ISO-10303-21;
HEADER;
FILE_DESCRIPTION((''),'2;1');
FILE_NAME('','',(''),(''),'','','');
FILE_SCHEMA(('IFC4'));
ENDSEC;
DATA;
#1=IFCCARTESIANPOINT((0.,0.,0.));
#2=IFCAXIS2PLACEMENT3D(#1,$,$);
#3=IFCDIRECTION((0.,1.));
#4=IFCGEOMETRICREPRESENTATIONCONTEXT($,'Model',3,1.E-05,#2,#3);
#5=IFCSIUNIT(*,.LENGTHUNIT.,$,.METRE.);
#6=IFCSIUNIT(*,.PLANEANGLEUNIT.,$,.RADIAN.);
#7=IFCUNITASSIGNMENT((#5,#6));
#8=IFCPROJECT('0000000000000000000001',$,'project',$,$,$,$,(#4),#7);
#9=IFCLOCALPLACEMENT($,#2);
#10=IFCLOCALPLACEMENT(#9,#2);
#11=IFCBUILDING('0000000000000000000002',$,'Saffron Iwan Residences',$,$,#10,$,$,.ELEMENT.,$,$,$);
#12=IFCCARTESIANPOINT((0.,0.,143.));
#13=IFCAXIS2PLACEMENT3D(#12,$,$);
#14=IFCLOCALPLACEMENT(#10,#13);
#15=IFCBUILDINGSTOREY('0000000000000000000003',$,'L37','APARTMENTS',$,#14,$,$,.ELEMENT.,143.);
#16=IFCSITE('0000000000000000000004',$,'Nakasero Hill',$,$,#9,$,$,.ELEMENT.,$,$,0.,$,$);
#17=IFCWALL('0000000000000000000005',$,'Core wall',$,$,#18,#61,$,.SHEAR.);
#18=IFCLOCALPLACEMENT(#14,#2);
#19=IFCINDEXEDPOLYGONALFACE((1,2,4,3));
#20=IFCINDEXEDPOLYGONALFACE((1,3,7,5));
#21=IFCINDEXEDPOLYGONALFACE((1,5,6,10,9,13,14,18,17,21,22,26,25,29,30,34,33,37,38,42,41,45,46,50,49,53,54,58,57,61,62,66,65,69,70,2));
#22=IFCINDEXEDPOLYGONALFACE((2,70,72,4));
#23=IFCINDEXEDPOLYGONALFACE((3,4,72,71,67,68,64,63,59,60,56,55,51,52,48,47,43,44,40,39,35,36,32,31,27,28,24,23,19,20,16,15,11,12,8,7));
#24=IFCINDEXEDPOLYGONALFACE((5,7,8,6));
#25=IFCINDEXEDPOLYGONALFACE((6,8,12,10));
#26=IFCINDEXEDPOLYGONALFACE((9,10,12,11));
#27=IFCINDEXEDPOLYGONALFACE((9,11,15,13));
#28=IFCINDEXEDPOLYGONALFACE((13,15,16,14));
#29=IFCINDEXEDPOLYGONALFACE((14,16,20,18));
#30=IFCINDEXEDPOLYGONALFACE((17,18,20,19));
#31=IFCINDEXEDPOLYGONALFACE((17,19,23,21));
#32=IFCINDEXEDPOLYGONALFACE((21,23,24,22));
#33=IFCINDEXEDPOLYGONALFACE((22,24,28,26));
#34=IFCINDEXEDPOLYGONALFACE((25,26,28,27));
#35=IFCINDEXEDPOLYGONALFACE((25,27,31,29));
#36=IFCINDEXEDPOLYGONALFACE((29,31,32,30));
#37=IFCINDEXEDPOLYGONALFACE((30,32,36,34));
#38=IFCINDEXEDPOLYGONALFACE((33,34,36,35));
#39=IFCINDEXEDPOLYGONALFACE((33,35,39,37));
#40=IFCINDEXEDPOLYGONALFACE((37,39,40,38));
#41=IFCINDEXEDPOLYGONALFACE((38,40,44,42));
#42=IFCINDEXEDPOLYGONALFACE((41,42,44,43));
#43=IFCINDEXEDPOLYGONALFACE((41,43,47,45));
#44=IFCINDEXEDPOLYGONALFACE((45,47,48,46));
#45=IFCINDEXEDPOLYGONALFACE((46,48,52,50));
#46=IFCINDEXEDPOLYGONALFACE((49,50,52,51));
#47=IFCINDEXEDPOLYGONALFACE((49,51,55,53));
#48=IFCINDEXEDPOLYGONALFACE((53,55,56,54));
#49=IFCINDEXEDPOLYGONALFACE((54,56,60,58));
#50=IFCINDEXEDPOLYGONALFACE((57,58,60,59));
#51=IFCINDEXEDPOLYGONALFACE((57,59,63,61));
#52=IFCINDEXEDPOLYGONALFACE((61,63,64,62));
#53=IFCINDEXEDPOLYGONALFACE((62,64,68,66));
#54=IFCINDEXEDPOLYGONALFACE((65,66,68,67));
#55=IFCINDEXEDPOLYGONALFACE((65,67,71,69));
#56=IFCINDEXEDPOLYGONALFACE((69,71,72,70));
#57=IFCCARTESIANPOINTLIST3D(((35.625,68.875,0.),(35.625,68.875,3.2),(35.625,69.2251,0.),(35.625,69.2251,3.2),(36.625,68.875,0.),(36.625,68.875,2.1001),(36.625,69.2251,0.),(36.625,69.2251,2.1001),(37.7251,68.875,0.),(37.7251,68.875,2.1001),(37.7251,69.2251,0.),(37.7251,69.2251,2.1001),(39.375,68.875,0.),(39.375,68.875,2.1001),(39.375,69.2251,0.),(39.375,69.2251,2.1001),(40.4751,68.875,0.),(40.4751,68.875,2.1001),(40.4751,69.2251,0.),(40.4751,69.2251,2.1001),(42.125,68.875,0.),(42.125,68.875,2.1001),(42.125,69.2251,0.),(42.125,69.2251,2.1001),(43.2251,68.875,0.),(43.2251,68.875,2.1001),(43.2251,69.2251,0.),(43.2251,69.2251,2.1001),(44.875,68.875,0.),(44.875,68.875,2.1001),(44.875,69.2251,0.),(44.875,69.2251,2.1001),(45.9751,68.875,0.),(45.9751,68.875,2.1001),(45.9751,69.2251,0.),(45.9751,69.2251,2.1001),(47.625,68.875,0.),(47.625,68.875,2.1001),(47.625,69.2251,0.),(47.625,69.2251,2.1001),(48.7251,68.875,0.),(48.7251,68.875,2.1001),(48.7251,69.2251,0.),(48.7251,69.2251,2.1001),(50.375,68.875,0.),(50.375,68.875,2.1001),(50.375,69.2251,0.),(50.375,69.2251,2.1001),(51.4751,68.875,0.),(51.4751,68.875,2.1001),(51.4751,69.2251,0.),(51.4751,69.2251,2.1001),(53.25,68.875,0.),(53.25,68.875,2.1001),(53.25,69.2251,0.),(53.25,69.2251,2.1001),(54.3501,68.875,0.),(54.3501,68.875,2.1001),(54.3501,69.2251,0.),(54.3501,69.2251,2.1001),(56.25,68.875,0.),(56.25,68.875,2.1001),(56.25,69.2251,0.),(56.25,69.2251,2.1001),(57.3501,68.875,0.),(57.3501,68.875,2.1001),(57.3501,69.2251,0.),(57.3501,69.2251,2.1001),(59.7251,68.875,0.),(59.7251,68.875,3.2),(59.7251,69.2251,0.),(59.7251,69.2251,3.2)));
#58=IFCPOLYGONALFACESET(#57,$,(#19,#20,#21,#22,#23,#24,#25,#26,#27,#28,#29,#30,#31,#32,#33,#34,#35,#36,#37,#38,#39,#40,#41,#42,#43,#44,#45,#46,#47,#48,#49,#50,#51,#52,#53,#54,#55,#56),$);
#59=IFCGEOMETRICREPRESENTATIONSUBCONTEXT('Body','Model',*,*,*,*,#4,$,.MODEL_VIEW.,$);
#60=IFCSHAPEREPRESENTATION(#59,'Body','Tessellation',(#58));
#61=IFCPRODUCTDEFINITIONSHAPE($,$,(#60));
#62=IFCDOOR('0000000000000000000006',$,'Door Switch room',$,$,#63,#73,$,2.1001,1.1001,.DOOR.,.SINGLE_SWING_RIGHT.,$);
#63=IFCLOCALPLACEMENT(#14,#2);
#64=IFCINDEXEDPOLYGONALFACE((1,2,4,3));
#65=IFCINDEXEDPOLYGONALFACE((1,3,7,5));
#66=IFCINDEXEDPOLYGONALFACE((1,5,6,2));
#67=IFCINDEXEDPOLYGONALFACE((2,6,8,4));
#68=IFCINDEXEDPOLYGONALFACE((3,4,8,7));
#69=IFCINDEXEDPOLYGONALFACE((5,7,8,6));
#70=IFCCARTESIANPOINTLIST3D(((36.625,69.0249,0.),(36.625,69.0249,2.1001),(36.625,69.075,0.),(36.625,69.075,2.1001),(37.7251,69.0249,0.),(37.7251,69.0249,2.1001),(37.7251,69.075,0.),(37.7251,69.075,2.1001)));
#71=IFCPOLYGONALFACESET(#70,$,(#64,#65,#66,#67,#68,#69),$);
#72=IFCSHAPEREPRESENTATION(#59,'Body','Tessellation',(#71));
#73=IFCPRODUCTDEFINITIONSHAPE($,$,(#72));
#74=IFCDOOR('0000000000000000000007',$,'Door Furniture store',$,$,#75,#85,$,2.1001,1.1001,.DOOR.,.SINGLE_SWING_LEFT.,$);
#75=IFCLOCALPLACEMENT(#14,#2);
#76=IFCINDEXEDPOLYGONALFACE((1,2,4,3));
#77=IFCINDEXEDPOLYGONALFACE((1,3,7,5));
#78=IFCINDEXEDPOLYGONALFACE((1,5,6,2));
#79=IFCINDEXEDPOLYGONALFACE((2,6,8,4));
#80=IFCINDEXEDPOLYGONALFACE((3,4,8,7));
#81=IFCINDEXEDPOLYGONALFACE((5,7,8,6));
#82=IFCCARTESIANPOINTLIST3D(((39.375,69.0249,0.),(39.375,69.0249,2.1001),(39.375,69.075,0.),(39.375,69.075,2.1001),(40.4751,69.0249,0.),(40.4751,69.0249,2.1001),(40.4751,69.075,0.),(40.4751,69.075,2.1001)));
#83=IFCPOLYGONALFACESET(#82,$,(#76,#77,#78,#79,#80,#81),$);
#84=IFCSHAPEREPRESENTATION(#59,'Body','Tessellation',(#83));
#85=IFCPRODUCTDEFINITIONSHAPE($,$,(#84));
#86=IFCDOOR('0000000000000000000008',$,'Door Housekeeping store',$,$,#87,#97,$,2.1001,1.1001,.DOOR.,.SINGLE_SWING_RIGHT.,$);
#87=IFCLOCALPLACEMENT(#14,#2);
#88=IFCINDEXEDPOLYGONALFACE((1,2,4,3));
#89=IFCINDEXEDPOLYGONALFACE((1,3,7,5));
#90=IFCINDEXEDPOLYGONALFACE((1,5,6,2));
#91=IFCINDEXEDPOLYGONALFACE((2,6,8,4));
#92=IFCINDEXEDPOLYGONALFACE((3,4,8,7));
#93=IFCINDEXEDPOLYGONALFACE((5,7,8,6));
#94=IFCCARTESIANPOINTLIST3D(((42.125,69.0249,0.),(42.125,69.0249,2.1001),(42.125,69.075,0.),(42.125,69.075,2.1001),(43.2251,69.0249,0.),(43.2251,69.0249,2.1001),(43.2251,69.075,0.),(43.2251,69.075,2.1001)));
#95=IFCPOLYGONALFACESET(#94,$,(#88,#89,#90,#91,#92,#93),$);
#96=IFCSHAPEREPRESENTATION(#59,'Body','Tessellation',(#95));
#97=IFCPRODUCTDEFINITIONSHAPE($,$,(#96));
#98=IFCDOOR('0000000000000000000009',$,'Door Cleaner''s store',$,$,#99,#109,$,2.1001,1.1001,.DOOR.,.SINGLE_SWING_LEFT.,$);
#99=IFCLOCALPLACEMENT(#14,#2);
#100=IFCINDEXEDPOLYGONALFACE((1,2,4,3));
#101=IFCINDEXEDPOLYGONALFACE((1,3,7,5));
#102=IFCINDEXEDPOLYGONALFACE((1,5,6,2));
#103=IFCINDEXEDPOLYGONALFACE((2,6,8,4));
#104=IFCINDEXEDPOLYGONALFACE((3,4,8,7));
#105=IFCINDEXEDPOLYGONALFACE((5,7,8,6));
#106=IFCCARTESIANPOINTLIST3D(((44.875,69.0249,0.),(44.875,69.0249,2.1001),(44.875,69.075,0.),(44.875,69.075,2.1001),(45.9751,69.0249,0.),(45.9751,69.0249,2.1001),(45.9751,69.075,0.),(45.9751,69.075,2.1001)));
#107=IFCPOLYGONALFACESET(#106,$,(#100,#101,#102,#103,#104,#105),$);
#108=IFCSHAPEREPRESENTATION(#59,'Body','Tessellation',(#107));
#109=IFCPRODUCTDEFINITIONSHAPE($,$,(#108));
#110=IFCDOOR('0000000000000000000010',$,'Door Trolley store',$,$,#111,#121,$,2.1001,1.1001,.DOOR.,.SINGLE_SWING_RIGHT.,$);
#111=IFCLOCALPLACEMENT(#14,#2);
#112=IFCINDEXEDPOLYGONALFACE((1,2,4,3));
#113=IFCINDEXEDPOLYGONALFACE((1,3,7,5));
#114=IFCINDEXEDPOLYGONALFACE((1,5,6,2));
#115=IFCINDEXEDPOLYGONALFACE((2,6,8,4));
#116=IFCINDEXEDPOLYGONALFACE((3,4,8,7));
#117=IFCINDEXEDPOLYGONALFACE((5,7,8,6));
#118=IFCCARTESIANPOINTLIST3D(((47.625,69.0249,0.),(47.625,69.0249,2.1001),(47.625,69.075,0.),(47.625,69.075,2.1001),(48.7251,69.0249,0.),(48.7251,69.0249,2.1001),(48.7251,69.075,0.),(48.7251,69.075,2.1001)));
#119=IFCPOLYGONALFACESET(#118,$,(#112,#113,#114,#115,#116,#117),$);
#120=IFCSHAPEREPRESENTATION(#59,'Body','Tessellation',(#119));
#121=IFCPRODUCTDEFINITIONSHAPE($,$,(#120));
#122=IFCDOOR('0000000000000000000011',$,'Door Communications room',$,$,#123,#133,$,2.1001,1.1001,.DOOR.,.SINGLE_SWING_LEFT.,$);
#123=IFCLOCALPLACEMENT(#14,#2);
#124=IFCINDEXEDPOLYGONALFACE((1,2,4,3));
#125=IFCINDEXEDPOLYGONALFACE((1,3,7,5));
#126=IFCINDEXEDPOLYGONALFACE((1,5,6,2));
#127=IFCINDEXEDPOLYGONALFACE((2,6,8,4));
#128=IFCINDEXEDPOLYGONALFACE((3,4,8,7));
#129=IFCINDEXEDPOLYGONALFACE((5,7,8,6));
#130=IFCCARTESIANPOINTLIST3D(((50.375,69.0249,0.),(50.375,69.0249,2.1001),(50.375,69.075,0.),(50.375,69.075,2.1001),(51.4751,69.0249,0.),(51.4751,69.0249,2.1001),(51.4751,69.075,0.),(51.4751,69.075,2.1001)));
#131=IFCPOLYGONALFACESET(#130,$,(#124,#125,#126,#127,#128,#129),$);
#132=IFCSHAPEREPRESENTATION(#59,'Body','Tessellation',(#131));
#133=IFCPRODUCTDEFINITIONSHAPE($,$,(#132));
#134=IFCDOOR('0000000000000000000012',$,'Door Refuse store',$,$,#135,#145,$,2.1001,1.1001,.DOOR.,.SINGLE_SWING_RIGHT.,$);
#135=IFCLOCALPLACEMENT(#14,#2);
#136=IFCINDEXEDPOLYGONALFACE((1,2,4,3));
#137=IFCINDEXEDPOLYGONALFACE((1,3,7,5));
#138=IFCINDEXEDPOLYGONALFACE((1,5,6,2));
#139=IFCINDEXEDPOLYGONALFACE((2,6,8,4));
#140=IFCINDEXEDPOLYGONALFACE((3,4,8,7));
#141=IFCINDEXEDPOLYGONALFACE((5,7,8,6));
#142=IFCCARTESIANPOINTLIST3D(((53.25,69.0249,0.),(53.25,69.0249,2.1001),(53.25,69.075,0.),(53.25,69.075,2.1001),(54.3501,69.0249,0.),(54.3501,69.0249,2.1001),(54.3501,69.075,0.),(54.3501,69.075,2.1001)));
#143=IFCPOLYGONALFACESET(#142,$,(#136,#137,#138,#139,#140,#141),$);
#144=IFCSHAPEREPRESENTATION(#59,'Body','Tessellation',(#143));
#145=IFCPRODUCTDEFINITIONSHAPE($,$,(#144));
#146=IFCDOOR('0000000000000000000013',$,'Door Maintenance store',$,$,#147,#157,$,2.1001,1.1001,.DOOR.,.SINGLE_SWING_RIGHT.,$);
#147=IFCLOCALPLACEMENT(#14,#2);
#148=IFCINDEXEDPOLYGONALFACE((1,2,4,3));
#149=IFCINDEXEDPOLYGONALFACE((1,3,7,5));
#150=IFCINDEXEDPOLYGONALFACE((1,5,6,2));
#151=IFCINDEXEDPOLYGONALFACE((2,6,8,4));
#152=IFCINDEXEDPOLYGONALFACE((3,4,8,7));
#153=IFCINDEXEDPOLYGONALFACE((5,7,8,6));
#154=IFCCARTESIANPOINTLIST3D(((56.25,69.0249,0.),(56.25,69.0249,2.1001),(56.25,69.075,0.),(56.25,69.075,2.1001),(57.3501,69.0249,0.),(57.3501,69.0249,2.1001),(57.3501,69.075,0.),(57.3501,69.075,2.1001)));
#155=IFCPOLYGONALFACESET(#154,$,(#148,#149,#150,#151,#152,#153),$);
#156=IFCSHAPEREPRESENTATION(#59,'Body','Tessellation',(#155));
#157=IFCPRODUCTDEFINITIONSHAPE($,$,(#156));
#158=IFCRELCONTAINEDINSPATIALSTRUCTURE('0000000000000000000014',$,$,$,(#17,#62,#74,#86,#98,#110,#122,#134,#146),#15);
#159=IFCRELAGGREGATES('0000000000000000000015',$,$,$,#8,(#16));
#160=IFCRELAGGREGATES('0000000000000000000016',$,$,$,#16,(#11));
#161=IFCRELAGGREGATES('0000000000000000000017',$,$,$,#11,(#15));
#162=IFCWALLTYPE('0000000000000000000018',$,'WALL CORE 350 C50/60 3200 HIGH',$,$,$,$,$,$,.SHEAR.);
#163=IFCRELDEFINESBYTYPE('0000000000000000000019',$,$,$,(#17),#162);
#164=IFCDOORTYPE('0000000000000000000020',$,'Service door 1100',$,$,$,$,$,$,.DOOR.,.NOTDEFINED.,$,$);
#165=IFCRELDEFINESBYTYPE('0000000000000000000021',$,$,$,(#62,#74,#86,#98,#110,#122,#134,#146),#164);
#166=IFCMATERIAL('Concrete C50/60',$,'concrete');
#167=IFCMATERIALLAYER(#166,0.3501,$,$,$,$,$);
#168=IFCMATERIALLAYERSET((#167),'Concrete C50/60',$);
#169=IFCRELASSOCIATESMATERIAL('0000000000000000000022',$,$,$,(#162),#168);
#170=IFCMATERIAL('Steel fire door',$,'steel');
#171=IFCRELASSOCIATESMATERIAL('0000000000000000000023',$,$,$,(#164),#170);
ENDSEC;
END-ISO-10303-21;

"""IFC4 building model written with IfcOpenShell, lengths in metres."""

from ifc_helpers import new_model, si_unit, direction, frame, frame_2d, origin, place, context, subcontext, project, spatial, rectangle, extrude, material, layer, layer_set, type_object, element, fill, save


model = new_model("IFC4")

# Units and contexts
model_context = context("Model", 3, precision=1e-05, world=origin(), true_north=direction((0.0, 1.0)))
body_context = subcontext(model_context, "Body", "Model", "MODEL_VIEW")
ifc_project = project(units=[si_unit("LENGTHUNIT", "METRE"), si_unit("PLANEANGLEUNIT", "RADIAN")], contexts=[model_context])

# Site, building, storey
site_placement = place(None, origin())
site = spatial("IfcSite", under=ifc_project, at=site_placement, Name="Nakasero Hill", CompositionType="ELEMENT", RefElevation=0.0)
building_placement = place(site_placement, origin())
building = spatial("IfcBuilding", under=site, at=building_placement, Name="Saffron Iwan Residences", CompositionType="ELEMENT")
storey_placement = place(building_placement, frame((0.0, 0.0, 143.0)))
storey = spatial("IfcBuildingStorey", under=building, at=storey_placement, Name="L37", Description="APARTMENTS", CompositionType="ELEMENT", Elevation=143.0)

# Shared definitions
ifc_material_1 = material(Name="Concrete C50/60", Category="concrete")

# Shared definitions
ifc_material_2 = material(Name="Steel fire door", Category="steel")

# Wall, openings, doors
ifc_layer_1 = layer(ifc_material_1, 0.3501)
ifc_layer_set_1 = layer_set([ifc_layer_1], Name="Concrete C50/60")
wall_type_1 = type_object("IfcWallType", Name="WALL CORE 350 C50/60 3200 HIGH", PredefinedType="SHEAR", material=ifc_layer_set_1)
wall_1_placement = place(storey_placement, frame((35.625, 69.05, 0.0), z_axis=(0.0, 0.0, 1.0), x_axis=(1.0, 0.0, 0.0)))
wall_1 = element("IfcWall", 1, at=wall_1_placement, inside=storey, type_object=wall_type_1, Name="Core wall", PredefinedType="SHEAR", context=body_context, shape_type="SweptSolid", body=[
    extrude(rectangle(XDim=24.1001, YDim=0.3501, at=frame_2d((12.05, 0.0))), origin(), (0.0, 0.0, 1.0), 3.2),
])
opening_1_placement = place(wall_1_placement, frame((1.0, 0.0, 0.0)))
opening_1 = element("IfcOpeningElement", 2, at=opening_1_placement, cuts=wall_1, PredefinedType="OPENING", context=body_context, shape_type="SweptSolid", body=[
    extrude(rectangle(XDim=1.1001, YDim=2.1001, at=frame_2d((0.55, 1.05))), frame((0.0, 0.1851, 0.0), z_axis=(0.0, -1.0, 0.0), x_axis=(1.0, 0.0, 0.0)), (0.0, 0.0, 1.0), 0.3701),
])
opening_2_placement = place(wall_1_placement, frame((3.75, 0.0, 0.0)))
opening_2 = element("IfcOpeningElement", 3, at=opening_2_placement, cuts=wall_1, PredefinedType="OPENING", context=body_context, shape_type="SweptSolid", body=[
    extrude(rectangle(XDim=1.1001, YDim=2.1001, at=frame_2d((0.55, 1.05))), frame((0.0, 0.1851, 0.0), z_axis=(0.0, -1.0, 0.0), x_axis=(1.0, 0.0, 0.0)), (0.0, 0.0, 1.0), 0.3701),
])
opening_3_placement = place(wall_1_placement, frame((6.5, 0.0, 0.0)))
opening_3 = element("IfcOpeningElement", 4, at=opening_3_placement, cuts=wall_1, PredefinedType="OPENING", context=body_context, shape_type="SweptSolid", body=[
    extrude(rectangle(XDim=1.1001, YDim=2.1001, at=frame_2d((0.55, 1.05))), frame((0.0, 0.1851, 0.0), z_axis=(0.0, -1.0, 0.0), x_axis=(1.0, 0.0, 0.0)), (0.0, 0.0, 1.0), 0.3701),
])
opening_4_placement = place(wall_1_placement, frame((9.25, 0.0, 0.0)))
opening_4 = element("IfcOpeningElement", 5, at=opening_4_placement, cuts=wall_1, PredefinedType="OPENING", context=body_context, shape_type="SweptSolid", body=[
    extrude(rectangle(XDim=1.1001, YDim=2.1001, at=frame_2d((0.55, 1.05))), frame((0.0, 0.1851, 0.0), z_axis=(0.0, -1.0, 0.0), x_axis=(1.0, 0.0, 0.0)), (0.0, 0.0, 1.0), 0.3701),
])
opening_5_placement = place(wall_1_placement, frame((12.0, 0.0, 0.0)))
opening_5 = element("IfcOpeningElement", 6, at=opening_5_placement, cuts=wall_1, PredefinedType="OPENING", context=body_context, shape_type="SweptSolid", body=[
    extrude(rectangle(XDim=1.1001, YDim=2.1001, at=frame_2d((0.55, 1.05))), frame((0.0, 0.1851, 0.0), z_axis=(0.0, -1.0, 0.0), x_axis=(1.0, 0.0, 0.0)), (0.0, 0.0, 1.0), 0.3701),
])
opening_6_placement = place(wall_1_placement, frame((14.75, 0.0, 0.0)))
opening_6 = element("IfcOpeningElement", 7, at=opening_6_placement, cuts=wall_1, PredefinedType="OPENING", context=body_context, shape_type="SweptSolid", body=[
    extrude(rectangle(XDim=1.1001, YDim=2.1001, at=frame_2d((0.55, 1.05))), frame((0.0, 0.1851, 0.0), z_axis=(0.0, -1.0, 0.0), x_axis=(1.0, 0.0, 0.0)), (0.0, 0.0, 1.0), 0.3701),
])
opening_7_placement = place(wall_1_placement, frame((17.625, 0.0, 0.0)))
opening_7 = element("IfcOpeningElement", 8, at=opening_7_placement, cuts=wall_1, PredefinedType="OPENING", context=body_context, shape_type="SweptSolid", body=[
    extrude(rectangle(XDim=1.1001, YDim=2.1001, at=frame_2d((0.55, 1.05))), frame((0.0, 0.1851, 0.0), z_axis=(0.0, -1.0, 0.0), x_axis=(1.0, 0.0, 0.0)), (0.0, 0.0, 1.0), 0.3701),
])
opening_8_placement = place(wall_1_placement, frame((20.625, 0.0, 0.0)))
opening_8 = element("IfcOpeningElement", 9, at=opening_8_placement, cuts=wall_1, PredefinedType="OPENING", context=body_context, shape_type="SweptSolid", body=[
    extrude(rectangle(XDim=1.1001, YDim=2.1001, at=frame_2d((0.55, 1.05))), frame((0.0, 0.1851, 0.0), z_axis=(0.0, -1.0, 0.0), x_axis=(1.0, 0.0, 0.0)), (0.0, 0.0, 1.0), 0.3701),
])
door_type_1 = type_object("IfcDoorType", Name="Service door 1100", OperationType="NOTDEFINED", PredefinedType="DOOR", material=ifc_material_2)
door_1_placement = place(opening_1_placement, origin())
door_1 = element("IfcDoor", 10, at=door_1_placement, inside=storey, type_object=door_type_1, Name="Door Switch room", OperationType="SINGLE_SWING_RIGHT", OverallHeight=2.1001, OverallWidth=1.1001, PredefinedType="DOOR", context=body_context, shape_type="SweptSolid", body=[
    extrude(rectangle(XDim=1.1001, YDim=2.1001, at=frame_2d((0.55, 1.05))), frame((0.0, 0.0249, 0.0), z_axis=(0.0, -1.0, 0.0), x_axis=(1.0, 0.0, 0.0)), (0.0, 0.0, 1.0), 0.05),
])
fill(opening_1, door_1)
door_2_placement = place(opening_2_placement, origin())
door_2 = element("IfcDoor", 11, at=door_2_placement, inside=storey, type_object=door_type_1, Name="Door Furniture store", OperationType="SINGLE_SWING_LEFT", OverallHeight=2.1001, OverallWidth=1.1001, PredefinedType="DOOR", context=body_context, shape_type="SweptSolid", body=[
    extrude(rectangle(XDim=1.1001, YDim=2.1001, at=frame_2d((0.55, 1.05))), frame((0.0, 0.0249, 0.0), z_axis=(0.0, -1.0, 0.0), x_axis=(1.0, 0.0, 0.0)), (0.0, 0.0, 1.0), 0.05),
])
fill(opening_2, door_2)
door_3_placement = place(opening_3_placement, origin())
door_3 = element("IfcDoor", 12, at=door_3_placement, inside=storey, type_object=door_type_1, Name="Door Housekeeping store", OperationType="SINGLE_SWING_RIGHT", OverallHeight=2.1001, OverallWidth=1.1001, PredefinedType="DOOR", context=body_context, shape_type="SweptSolid", body=[
    extrude(rectangle(XDim=1.1001, YDim=2.1001, at=frame_2d((0.55, 1.05))), frame((0.0, 0.0249, 0.0), z_axis=(0.0, -1.0, 0.0), x_axis=(1.0, 0.0, 0.0)), (0.0, 0.0, 1.0), 0.05),
])
fill(opening_3, door_3)
door_4_placement = place(opening_4_placement, origin())
door_4 = element("IfcDoor", 13, at=door_4_placement, inside=storey, type_object=door_type_1, Name="Door Cleaner's store", OperationType="SINGLE_SWING_LEFT", OverallHeight=2.1001, OverallWidth=1.1001, PredefinedType="DOOR", context=body_context, shape_type="SweptSolid", body=[
    extrude(rectangle(XDim=1.1001, YDim=2.1001, at=frame_2d((0.55, 1.05))), frame((0.0, 0.0249, 0.0), z_axis=(0.0, -1.0, 0.0), x_axis=(1.0, 0.0, 0.0)), (0.0, 0.0, 1.0), 0.05),
])
fill(opening_4, door_4)
door_5_placement = place(opening_5_placement, origin())
door_5 = element("IfcDoor", 14, at=door_5_placement, inside=storey, type_object=door_type_1, Name="Door Trolley store", OperationType="SINGLE_SWING_RIGHT", OverallHeight=2.1001, OverallWidth=1.1001, PredefinedType="DOOR", context=body_context, shape_type="SweptSolid", body=[
    extrude(rectangle(XDim=1.1001, YDim=2.1001, at=frame_2d((0.55, 1.05))), frame((0.0, 0.0249, 0.0), z_axis=(0.0, -1.0, 0.0), x_axis=(1.0, 0.0, 0.0)), (0.0, 0.0, 1.0), 0.05),
])
fill(opening_5, door_5)
door_6_placement = place(opening_6_placement, origin())
door_6 = element("IfcDoor", 15, at=door_6_placement, inside=storey, type_object=door_type_1, Name="Door Communications room", OperationType="SINGLE_SWING_LEFT", OverallHeight=2.1001, OverallWidth=1.1001, PredefinedType="DOOR", context=body_context, shape_type="SweptSolid", body=[
    extrude(rectangle(XDim=1.1001, YDim=2.1001, at=frame_2d((0.55, 1.05))), frame((0.0, 0.0249, 0.0), z_axis=(0.0, -1.0, 0.0), x_axis=(1.0, 0.0, 0.0)), (0.0, 0.0, 1.0), 0.05),
])
fill(opening_6, door_6)
door_7_placement = place(opening_7_placement, origin())
door_7 = element("IfcDoor", 16, at=door_7_placement, inside=storey, type_object=door_type_1, Name="Door Refuse store", OperationType="SINGLE_SWING_RIGHT", OverallHeight=2.1001, OverallWidth=1.1001, PredefinedType="DOOR", context=body_context, shape_type="SweptSolid", body=[
    extrude(rectangle(XDim=1.1001, YDim=2.1001, at=frame_2d((0.55, 1.05))), frame((0.0, 0.0249, 0.0), z_axis=(0.0, -1.0, 0.0), x_axis=(1.0, 0.0, 0.0)), (0.0, 0.0, 1.0), 0.05),
])
fill(opening_7, door_7)
door_8_placement = place(opening_8_placement, origin())
door_8 = element("IfcDoor", 17, at=door_8_placement, inside=storey, type_object=door_type_1, Name="Door Maintenance store", OperationType="SINGLE_SWING_RIGHT", OverallHeight=2.1001, OverallWidth=1.1001, PredefinedType="DOOR", context=body_context, shape_type="SweptSolid", body=[
    extrude(rectangle(XDim=1.1001, YDim=2.1001, at=frame_2d((0.55, 1.05))), frame((0.0, 0.0249, 0.0), z_axis=(0.0, -1.0, 0.0), x_axis=(1.0, 0.0, 0.0)), (0.0, 0.0, 1.0), 0.05),
])
fill(opening_8, door_8)

save(model, "model.ifc")
